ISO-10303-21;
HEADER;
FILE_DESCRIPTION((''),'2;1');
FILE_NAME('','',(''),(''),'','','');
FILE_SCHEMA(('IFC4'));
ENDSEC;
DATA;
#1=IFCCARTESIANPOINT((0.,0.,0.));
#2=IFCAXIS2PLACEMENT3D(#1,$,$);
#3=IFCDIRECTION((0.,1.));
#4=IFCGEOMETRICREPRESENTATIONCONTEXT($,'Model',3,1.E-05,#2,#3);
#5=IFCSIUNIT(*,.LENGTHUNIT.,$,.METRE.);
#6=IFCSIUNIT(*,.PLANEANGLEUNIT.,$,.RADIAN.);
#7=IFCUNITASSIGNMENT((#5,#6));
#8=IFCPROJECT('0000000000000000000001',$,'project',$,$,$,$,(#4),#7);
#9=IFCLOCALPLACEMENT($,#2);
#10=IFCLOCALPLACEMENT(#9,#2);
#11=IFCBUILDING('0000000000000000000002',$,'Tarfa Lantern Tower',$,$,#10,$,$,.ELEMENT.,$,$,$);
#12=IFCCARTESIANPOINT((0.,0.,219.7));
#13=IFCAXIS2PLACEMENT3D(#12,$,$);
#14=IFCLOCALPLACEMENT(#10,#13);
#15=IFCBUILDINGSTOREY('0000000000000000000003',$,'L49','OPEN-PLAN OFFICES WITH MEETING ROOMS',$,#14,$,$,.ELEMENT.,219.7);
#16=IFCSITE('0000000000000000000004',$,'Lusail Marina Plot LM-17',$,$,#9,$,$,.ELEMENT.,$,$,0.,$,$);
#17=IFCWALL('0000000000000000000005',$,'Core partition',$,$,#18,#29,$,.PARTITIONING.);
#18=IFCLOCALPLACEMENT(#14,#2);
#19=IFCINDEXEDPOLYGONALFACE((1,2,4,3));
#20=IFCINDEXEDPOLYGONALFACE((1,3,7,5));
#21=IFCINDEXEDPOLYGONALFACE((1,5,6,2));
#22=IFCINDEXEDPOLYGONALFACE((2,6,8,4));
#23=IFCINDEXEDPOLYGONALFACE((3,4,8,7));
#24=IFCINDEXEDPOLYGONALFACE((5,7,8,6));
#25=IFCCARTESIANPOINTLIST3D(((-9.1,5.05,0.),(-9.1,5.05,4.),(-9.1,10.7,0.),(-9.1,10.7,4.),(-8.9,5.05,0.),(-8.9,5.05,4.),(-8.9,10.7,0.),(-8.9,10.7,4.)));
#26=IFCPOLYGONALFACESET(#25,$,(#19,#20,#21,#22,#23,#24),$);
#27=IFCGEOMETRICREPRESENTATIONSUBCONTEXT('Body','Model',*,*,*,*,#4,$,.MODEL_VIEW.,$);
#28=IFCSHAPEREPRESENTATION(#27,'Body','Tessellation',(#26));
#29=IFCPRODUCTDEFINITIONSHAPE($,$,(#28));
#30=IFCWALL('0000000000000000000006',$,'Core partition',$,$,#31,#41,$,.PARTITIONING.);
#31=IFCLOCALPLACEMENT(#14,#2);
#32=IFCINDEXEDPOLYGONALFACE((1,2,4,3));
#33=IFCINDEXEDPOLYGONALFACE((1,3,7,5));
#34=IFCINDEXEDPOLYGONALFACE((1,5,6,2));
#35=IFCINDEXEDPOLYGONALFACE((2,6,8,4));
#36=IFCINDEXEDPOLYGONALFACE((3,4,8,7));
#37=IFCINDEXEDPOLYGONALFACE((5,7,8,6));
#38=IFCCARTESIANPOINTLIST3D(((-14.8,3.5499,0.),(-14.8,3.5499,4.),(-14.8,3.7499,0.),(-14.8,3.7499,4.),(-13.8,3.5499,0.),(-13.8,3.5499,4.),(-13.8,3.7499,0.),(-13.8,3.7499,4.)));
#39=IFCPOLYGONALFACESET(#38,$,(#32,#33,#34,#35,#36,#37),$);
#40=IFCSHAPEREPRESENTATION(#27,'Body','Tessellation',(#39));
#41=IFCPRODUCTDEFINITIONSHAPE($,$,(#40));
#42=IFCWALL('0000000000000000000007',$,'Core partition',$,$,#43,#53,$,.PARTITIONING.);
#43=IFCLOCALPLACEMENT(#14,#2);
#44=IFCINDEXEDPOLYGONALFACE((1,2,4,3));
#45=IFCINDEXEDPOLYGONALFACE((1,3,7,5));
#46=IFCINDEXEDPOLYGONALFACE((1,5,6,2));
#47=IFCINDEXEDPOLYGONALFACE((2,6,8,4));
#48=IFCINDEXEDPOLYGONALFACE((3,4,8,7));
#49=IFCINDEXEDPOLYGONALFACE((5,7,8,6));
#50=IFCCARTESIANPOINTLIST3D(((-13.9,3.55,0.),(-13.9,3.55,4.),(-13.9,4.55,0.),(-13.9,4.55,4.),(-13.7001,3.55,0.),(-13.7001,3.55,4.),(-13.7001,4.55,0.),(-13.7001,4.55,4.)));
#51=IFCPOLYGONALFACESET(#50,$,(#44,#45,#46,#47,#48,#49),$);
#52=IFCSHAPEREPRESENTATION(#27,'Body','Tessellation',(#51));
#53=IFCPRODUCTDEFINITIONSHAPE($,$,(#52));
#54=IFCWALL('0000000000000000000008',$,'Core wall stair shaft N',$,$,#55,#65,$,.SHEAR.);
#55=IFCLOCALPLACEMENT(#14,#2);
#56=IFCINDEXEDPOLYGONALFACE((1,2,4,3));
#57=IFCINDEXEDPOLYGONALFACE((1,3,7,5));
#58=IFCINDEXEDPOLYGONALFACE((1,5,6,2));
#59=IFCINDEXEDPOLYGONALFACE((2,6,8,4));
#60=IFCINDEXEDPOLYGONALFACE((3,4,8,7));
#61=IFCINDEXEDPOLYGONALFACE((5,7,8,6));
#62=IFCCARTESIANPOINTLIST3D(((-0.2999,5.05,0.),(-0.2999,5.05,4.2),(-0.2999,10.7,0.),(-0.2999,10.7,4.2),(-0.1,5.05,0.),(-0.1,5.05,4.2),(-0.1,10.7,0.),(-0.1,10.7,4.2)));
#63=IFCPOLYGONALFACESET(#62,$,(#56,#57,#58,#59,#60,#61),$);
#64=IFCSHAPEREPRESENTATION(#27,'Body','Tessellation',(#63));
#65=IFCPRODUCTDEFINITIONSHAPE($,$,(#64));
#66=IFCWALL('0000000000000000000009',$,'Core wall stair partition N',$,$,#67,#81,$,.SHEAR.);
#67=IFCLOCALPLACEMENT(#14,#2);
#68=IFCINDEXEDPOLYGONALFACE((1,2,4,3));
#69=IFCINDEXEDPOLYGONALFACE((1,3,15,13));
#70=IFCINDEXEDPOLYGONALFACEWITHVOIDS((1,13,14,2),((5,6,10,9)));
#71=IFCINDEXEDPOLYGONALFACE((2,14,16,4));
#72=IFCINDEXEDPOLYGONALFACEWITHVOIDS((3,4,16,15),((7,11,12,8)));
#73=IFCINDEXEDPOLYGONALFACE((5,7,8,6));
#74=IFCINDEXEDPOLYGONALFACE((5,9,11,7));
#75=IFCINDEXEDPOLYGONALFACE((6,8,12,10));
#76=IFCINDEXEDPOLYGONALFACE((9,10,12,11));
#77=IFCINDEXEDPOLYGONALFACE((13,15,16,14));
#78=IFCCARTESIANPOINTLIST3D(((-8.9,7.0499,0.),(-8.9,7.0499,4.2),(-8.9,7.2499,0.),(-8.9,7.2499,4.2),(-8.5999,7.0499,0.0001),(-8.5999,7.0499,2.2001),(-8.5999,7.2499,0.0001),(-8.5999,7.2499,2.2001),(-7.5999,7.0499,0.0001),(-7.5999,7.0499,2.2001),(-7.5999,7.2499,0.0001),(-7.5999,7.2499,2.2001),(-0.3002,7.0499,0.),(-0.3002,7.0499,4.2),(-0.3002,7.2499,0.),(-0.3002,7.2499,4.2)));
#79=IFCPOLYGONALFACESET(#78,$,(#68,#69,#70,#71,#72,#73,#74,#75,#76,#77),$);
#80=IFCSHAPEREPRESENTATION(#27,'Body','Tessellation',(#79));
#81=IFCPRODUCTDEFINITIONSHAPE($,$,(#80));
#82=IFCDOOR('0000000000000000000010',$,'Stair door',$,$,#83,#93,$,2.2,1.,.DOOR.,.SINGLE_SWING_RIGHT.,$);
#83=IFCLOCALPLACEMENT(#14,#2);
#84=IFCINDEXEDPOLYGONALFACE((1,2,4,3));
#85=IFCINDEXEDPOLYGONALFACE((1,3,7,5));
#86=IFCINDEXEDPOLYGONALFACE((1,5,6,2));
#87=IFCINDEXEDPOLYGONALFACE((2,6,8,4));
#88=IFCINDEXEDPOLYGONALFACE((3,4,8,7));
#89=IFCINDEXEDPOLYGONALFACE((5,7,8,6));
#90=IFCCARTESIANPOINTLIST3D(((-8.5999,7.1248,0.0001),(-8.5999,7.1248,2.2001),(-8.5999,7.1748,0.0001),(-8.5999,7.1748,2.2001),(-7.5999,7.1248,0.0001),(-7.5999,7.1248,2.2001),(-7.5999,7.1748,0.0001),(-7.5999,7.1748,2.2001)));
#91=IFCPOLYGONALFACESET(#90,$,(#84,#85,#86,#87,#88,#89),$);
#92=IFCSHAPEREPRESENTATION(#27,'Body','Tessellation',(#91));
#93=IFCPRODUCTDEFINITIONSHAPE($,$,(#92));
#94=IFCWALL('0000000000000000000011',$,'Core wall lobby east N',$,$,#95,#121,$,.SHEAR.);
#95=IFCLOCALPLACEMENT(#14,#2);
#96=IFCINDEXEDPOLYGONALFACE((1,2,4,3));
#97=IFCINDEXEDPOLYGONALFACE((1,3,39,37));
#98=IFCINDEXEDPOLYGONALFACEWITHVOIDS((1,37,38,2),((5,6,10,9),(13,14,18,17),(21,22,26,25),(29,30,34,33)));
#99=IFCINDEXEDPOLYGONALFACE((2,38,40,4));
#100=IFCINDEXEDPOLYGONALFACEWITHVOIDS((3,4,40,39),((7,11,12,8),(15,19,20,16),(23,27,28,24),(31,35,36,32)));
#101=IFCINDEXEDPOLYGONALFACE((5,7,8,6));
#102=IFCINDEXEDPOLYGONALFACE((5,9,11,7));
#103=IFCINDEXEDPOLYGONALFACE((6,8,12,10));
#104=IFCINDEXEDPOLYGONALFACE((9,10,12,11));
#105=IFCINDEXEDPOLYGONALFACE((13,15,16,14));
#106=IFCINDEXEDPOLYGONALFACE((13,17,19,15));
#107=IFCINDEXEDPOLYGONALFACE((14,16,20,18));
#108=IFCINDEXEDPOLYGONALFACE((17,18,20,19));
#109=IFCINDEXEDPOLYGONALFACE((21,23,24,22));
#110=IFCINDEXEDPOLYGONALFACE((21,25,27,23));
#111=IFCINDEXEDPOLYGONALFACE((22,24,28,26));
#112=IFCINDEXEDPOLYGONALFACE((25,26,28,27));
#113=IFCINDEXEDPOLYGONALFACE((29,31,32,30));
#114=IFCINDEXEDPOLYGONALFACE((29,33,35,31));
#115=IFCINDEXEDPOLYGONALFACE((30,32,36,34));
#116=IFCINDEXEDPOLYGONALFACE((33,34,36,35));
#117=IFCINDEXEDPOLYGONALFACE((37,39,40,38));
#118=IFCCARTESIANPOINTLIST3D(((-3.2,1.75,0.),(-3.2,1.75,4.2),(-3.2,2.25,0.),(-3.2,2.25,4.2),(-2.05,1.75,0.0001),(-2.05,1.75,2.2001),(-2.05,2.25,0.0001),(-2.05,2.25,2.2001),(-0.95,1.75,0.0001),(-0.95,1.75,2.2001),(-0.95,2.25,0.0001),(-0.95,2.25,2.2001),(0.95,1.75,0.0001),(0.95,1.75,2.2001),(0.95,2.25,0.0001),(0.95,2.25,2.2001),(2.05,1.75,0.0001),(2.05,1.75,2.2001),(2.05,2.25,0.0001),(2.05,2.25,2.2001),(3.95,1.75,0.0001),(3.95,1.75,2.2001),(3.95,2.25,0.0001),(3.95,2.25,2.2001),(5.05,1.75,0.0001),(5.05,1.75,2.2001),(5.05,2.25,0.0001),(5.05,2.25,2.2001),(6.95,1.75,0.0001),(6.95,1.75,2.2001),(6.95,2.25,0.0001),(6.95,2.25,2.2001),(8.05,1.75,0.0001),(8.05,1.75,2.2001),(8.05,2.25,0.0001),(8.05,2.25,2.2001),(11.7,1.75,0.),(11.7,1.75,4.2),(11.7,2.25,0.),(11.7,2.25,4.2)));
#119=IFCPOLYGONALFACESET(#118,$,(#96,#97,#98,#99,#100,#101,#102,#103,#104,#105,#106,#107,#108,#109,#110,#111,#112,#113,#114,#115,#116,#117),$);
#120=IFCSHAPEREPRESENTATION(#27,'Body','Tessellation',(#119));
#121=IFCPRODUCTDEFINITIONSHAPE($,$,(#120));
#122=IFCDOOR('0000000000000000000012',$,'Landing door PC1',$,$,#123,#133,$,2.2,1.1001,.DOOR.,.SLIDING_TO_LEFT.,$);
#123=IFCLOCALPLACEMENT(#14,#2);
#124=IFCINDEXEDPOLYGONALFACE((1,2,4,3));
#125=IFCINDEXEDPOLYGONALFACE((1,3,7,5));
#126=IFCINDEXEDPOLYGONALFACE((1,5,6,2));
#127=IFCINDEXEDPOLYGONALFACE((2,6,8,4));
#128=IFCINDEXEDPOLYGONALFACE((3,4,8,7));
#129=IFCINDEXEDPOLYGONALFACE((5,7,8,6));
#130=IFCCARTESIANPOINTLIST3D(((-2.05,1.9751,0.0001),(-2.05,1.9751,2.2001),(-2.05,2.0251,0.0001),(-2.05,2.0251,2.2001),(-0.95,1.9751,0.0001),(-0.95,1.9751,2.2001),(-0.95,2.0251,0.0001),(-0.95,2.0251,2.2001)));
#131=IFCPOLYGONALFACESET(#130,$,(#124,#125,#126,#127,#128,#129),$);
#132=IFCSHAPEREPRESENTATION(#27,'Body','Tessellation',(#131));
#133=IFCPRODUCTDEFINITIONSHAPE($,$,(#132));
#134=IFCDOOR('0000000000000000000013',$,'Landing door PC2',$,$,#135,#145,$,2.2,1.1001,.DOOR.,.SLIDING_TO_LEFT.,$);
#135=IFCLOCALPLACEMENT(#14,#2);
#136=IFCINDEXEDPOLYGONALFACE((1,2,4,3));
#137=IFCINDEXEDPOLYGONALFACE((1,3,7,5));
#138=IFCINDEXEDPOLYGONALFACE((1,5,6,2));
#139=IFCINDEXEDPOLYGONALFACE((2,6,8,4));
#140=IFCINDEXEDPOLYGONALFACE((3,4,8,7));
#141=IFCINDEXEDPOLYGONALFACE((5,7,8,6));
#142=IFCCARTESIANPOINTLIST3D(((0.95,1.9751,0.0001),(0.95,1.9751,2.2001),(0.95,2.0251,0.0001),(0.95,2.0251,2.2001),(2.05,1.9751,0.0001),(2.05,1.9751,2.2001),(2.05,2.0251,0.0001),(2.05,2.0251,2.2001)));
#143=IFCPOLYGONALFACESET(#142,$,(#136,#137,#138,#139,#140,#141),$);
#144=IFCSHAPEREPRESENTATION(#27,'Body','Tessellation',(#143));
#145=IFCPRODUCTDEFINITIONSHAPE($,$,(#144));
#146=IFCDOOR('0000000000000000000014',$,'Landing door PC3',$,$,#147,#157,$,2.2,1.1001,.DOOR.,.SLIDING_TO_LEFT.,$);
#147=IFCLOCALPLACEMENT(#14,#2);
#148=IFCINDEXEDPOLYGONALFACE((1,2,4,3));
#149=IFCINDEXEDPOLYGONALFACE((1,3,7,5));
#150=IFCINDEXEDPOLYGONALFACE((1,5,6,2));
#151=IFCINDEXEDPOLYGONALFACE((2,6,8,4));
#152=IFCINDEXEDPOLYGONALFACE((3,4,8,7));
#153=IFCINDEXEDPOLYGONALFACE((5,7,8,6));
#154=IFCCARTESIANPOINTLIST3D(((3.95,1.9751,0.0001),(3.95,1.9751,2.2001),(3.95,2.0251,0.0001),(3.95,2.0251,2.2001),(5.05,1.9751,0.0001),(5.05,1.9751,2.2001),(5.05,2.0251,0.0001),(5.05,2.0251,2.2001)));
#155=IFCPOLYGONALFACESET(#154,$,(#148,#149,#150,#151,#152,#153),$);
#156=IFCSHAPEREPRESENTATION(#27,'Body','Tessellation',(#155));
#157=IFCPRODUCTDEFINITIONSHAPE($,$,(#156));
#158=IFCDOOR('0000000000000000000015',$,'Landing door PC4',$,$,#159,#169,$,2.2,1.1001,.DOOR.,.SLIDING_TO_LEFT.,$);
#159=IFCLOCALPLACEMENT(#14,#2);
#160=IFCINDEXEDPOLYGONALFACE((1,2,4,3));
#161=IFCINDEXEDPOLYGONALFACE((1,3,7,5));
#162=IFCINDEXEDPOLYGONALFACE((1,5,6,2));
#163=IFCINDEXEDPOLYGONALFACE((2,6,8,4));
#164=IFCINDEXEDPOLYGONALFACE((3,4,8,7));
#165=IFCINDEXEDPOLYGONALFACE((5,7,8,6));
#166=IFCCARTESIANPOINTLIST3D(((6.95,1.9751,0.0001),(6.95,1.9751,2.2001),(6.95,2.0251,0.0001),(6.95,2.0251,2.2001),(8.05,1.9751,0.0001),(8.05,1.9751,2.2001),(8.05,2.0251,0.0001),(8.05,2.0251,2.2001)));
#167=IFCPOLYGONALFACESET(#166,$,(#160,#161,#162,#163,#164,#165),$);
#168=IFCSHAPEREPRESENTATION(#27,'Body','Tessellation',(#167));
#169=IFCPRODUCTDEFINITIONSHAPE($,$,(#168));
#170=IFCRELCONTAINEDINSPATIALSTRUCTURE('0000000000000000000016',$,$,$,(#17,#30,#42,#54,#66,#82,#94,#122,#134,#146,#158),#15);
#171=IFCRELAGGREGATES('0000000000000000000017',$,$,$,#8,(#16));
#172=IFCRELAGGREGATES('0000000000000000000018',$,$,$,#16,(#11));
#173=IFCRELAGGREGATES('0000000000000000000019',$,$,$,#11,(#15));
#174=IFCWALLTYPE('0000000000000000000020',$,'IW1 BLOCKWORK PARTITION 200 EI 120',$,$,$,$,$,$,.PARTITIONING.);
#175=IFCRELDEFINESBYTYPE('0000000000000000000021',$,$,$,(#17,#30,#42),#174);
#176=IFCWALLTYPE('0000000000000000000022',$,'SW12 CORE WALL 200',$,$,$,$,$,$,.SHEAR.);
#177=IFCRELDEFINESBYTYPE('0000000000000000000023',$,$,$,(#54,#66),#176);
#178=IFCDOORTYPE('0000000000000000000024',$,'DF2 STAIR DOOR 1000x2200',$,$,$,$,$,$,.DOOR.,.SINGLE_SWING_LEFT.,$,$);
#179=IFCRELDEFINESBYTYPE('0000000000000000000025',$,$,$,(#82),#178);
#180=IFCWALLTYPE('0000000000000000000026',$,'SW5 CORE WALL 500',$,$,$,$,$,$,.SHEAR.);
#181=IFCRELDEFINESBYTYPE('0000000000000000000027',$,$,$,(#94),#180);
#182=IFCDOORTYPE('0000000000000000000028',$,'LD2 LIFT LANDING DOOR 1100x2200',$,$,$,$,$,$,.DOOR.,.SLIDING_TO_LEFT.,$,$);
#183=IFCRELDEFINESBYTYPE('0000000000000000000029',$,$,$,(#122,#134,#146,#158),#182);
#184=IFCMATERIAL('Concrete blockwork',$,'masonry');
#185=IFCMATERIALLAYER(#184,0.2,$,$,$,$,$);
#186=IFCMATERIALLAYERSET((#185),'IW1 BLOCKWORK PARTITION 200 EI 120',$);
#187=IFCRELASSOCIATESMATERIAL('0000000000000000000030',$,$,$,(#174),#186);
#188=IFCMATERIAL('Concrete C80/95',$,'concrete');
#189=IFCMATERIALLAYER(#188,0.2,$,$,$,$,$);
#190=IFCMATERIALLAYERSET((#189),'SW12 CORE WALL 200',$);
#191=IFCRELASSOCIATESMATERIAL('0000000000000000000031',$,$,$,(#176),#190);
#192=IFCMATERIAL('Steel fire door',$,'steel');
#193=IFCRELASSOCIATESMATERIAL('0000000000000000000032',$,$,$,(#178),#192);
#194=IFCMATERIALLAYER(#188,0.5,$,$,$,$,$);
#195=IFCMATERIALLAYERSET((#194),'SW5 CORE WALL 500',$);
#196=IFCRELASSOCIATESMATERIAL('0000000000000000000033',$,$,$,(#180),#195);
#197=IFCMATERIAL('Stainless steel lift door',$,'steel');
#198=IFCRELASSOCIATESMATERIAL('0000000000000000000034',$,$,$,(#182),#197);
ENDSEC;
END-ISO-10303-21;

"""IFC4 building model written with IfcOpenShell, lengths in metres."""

from ifc_helpers import new_model, si_unit, direction, frame, frame_2d, origin, place, context, subcontext, project, spatial, rectangle, extrude, material, layer, layer_set, type_object, element, fill, save


model = new_model("IFC4")

# Units and contexts
model_context = context("Model", 3, precision=1e-05, world=origin(), true_north=direction((0.0, 1.0)))
body_context = subcontext(model_context, "Body", "Model", "MODEL_VIEW")
ifc_project = project(units=[si_unit("LENGTHUNIT", "METRE"), si_unit("PLANEANGLEUNIT", "RADIAN")], contexts=[model_context])

# Site, building, storey
site_placement = place(None, origin())
site = spatial("IfcSite", under=ifc_project, at=site_placement, Name="Lusail Marina Plot LM-17", CompositionType="ELEMENT", RefElevation=0.0)
building_placement = place(site_placement, origin())
building = spatial("IfcBuilding", under=site, at=building_placement, Name="Tarfa Lantern Tower", CompositionType="ELEMENT")
storey_placement = place(building_placement, frame((0.0, 0.0, 219.7)))
storey = spatial("IfcBuildingStorey", under=building, at=storey_placement, Name="L49", Description="OPEN-PLAN OFFICES WITH MEETING ROOMS", CompositionType="ELEMENT", Elevation=219.7)

# Walls
ifc_material_1 = material(Name="Concrete blockwork", Category="masonry")
ifc_layer_1 = layer(ifc_material_1, 0.2)
ifc_layer_set_1 = layer_set([ifc_layer_1], Name="IW1 BLOCKWORK PARTITION 200 EI 120")
wall_type_1 = type_object("IfcWallType", Name="IW1 BLOCKWORK PARTITION 200 EI 120", PredefinedType="PARTITIONING", material=ifc_layer_set_1)
wall_1_placement = place(storey_placement, frame((-9.0, 5.05, 0.0), z_axis=(0.0, 0.0, 1.0), x_axis=(0.0, 1.0, 0.0)))
element("IfcWall", 1, at=wall_1_placement, inside=storey, type_object=wall_type_1, Name="Core partition", PredefinedType="PARTITIONING", context=body_context, shape_type="SweptSolid", body=[
    extrude(rectangle(XDim=5.6499, YDim=0.2, at=frame_2d((2.825, 0.0))), origin(), (0.0, 0.0, 1.0), 4.0),
])
for number, where, z_axis, x_axis, name in (
    (2, (-14.8, 3.6499, 0.0), (0.0, 0.0, 1.0), (1.0, 0.0, 0.0), "Core partition"),
    (3, (-13.8, 3.55, 0.0), (0.0, 0.0, 1.0), (0.0, 1.0, 0.0), "Core partition"),
):
    element("IfcWall", number, at=place(storey_placement, frame(where, z_axis=z_axis, x_axis=x_axis)), inside=storey, type_object=wall_type_1, Name=name, PredefinedType="PARTITIONING", context=body_context, shape_type="SweptSolid", body=[
        extrude(rectangle(XDim=1.0, YDim=0.2, at=frame_2d((0.5, 0.0))), origin(), (0.0, 0.0, 1.0), 4.0),
    ])
ifc_material_2 = material(Name="Concrete C80/95", Category="concrete")
ifc_layer_2 = layer(ifc_material_2, 0.2)
ifc_layer_set_2 = layer_set([ifc_layer_2], Name="SW12 CORE WALL 200")
wall_type_2 = type_object("IfcWallType", Name="SW12 CORE WALL 200", PredefinedType="SHEAR", material=ifc_layer_set_2)
wall_2_placement = place(storey_placement, frame((-0.2, 5.05, 0.0), z_axis=(0.0, 0.0, 1.0), x_axis=(0.0, 1.0, 0.0)))
element("IfcWall", 4, at=wall_2_placement, inside=storey, type_object=wall_type_2, Name="Core wall stair shaft N", PredefinedType="SHEAR", context=body_context, shape_type="SweptSolid", body=[
    extrude(rectangle(XDim=5.6499, YDim=0.2, at=frame_2d((2.825, 0.0))), origin(), (0.0, 0.0, 1.0), 4.2),
])

# Wall, opening, door
wall_3_placement = place(storey_placement, frame((-8.8999, 7.1499, 0.0), z_axis=(0.0, 0.0, 1.0), x_axis=(1.0, 0.0, 0.0)))
wall_3 = element("IfcWall", 5, at=wall_3_placement, inside=storey, type_object=wall_type_2, Name="Core wall stair partition N", PredefinedType="SHEAR", context=body_context, shape_type="SweptSolid", body=[
    extrude(rectangle(XDim=8.5999, YDim=0.2, at=frame_2d((4.2998, 0.0))), origin(), (0.0, 0.0, 1.0), 4.2),
])
opening_1_placement = place(wall_3_placement, frame((0.3, 0.0, 0.0)))
opening_1 = element("IfcOpeningElement", 6, at=opening_1_placement, cuts=wall_3, PredefinedType="OPENING", context=body_context, shape_type="SweptSolid", body=[
    extrude(rectangle(XDim=1.0, YDim=2.2, at=frame_2d((0.5, 1.1001))), frame((0.0, 0.1099, 0.0), z_axis=(0.0, -1.0, 0.0), x_axis=(1.0, 0.0, 0.0)), (0.0, 0.0, 1.0), 0.22),
])
ifc_material_3 = material(Name="Steel fire door", Category="steel")
door_type_1 = type_object("IfcDoorType", Name="DF2 STAIR DOOR 1000x2200", OperationType="SINGLE_SWING_LEFT", PredefinedType="DOOR", material=ifc_material_3)
door_1_placement = place(opening_1_placement, origin())
door_1 = element("IfcDoor", 7, at=door_1_placement, inside=storey, type_object=door_type_1, Name="Stair door", OperationType="SINGLE_SWING_RIGHT", OverallHeight=2.2, OverallWidth=1.0, PredefinedType="DOOR", context=body_context, shape_type="SweptSolid", body=[
    extrude(rectangle(XDim=1.0, YDim=2.2, at=frame_2d((0.5, 1.1001))), frame((0.0, 0.0249, 0.0), z_axis=(0.0, -1.0, 0.0), x_axis=(1.0, 0.0, 0.0)), (0.0, 0.0, 1.0), 0.05),
])
fill(opening_1, door_1)

# Wall, openings, doors
ifc_layer_3 = layer(ifc_material_2, 0.5)
ifc_layer_set_3 = layer_set([ifc_layer_3], Name="SW5 CORE WALL 500")
wall_type_3 = type_object("IfcWallType", Name="SW5 CORE WALL 500", PredefinedType="SHEAR", material=ifc_layer_set_3)
wall_4_placement = place(storey_placement, frame((-3.2, 2.0, 0.0), z_axis=(0.0, 0.0, 1.0), x_axis=(1.0, 0.0, 0.0)))
wall_4 = element("IfcWall", 8, at=wall_4_placement, inside=storey, type_object=wall_type_3, Name="Core wall lobby east N", PredefinedType="SHEAR", context=body_context, shape_type="SweptSolid", body=[
    extrude(rectangle(XDim=14.8999, YDim=0.5, at=frame_2d((7.45, 0.0))), origin(), (0.0, 0.0, 1.0), 4.2),
])
opening_2_placement = place(wall_4_placement, frame((1.1499, 0.0, 0.0)))
opening_2 = element("IfcOpeningElement", 9, at=opening_2_placement, cuts=wall_4, PredefinedType="OPENING", context=body_context, shape_type="SweptSolid", body=[
    extrude(rectangle(XDim=1.1001, YDim=2.2, at=frame_2d((0.55, 1.1001))), frame((0.0, 0.26, 0.0), z_axis=(0.0, -1.0, 0.0), x_axis=(1.0, 0.0, 0.0)), (0.0, 0.0, 1.0), 0.52),
])
opening_3_placement = place(wall_4_placement, frame((4.1499, 0.0, 0.0)))
opening_3 = element("IfcOpeningElement", 10, at=opening_3_placement, cuts=wall_4, PredefinedType="OPENING", context=body_context, shape_type="SweptSolid", body=[
    extrude(rectangle(XDim=1.1001, YDim=2.2, at=frame_2d((0.55, 1.1001))), frame((0.0, 0.26, 0.0), z_axis=(0.0, -1.0, 0.0), x_axis=(1.0, 0.0, 0.0)), (0.0, 0.0, 1.0), 0.52),
])
opening_4_placement = place(wall_4_placement, frame((7.1499, 0.0, 0.0)))
opening_4 = element("IfcOpeningElement", 11, at=opening_4_placement, cuts=wall_4, PredefinedType="OPENING", context=body_context, shape_type="SweptSolid", body=[
    extrude(rectangle(XDim=1.1001, YDim=2.2, at=frame_2d((0.55, 1.1001))), frame((0.0, 0.26, 0.0), z_axis=(0.0, -1.0, 0.0), x_axis=(1.0, 0.0, 0.0)), (0.0, 0.0, 1.0), 0.52),
])
opening_5_placement = place(wall_4_placement, frame((10.1499, 0.0, 0.0)))
opening_5 = element("IfcOpeningElement", 12, at=opening_5_placement, cuts=wall_4, PredefinedType="OPENING", context=body_context, shape_type="SweptSolid", body=[
    extrude(rectangle(XDim=1.1001, YDim=2.2, at=frame_2d((0.55, 1.1001))), frame((0.0, 0.26, 0.0), z_axis=(0.0, -1.0, 0.0), x_axis=(1.0, 0.0, 0.0)), (0.0, 0.0, 1.0), 0.52),
])
ifc_material_4 = material(Name="Stainless steel lift door", Category="steel")
door_type_2 = type_object("IfcDoorType", Name="LD2 LIFT LANDING DOOR 1100x2200", OperationType="SLIDING_TO_LEFT", PredefinedType="DOOR", material=ifc_material_4)
door_2_placement = place(opening_2_placement, frame((1.1001, 0.0, 0.0), z_axis=(0.0, 0.0, 1.0), x_axis=(-1.0, 0.0, 0.0)))
door_2 = element("IfcDoor", 13, at=door_2_placement, inside=storey, type_object=door_type_2, Name="Landing door PC1", OperationType="SLIDING_TO_LEFT", OverallHeight=2.2, OverallWidth=1.1001, PredefinedType="DOOR", context=body_context, shape_type="SweptSolid", body=[
    extrude(rectangle(XDim=1.1001, YDim=2.2, at=frame_2d((0.55, 1.1001))), frame((0.0, 0.0249, 0.0), z_axis=(0.0, -1.0, 0.0), x_axis=(1.0, 0.0, 0.0)), (0.0, 0.0, 1.0), 0.05),
])
fill(opening_2, door_2)
door_3_placement = place(opening_3_placement, frame((1.1001, 0.0, 0.0), z_axis=(0.0, 0.0, 1.0), x_axis=(-1.0, 0.0, 0.0)))
door_3 = element("IfcDoor", 14, at=door_3_placement, inside=storey, type_object=door_type_2, Name="Landing door PC2", OperationType="SLIDING_TO_LEFT", OverallHeight=2.2, OverallWidth=1.1001, PredefinedType="DOOR", context=body_context, shape_type="SweptSolid", body=[
    extrude(rectangle(XDim=1.1001, YDim=2.2, at=frame_2d((0.55, 1.1001))), frame((0.0, 0.0249, 0.0), z_axis=(0.0, -1.0, 0.0), x_axis=(1.0, 0.0, 0.0)), (0.0, 0.0, 1.0), 0.05),
])
fill(opening_3, door_3)
door_4_placement = place(opening_4_placement, frame((1.1001, 0.0, 0.0), z_axis=(0.0, 0.0, 1.0), x_axis=(-1.0, 0.0, 0.0)))
door_4 = element("IfcDoor", 15, at=door_4_placement, inside=storey, type_object=door_type_2, Name="Landing door PC3", OperationType="SLIDING_TO_LEFT", OverallHeight=2.2, OverallWidth=1.1001, PredefinedType="DOOR", context=body_context, shape_type="SweptSolid", body=[
    extrude(rectangle(XDim=1.1001, YDim=2.2, at=frame_2d((0.55, 1.1001))), frame((0.0, 0.0249, 0.0), z_axis=(0.0, -1.0, 0.0), x_axis=(1.0, 0.0, 0.0)), (0.0, 0.0, 1.0), 0.05),
])
fill(opening_4, door_4)
door_5_placement = place(opening_5_placement, frame((1.1001, 0.0, 0.0), z_axis=(0.0, 0.0, 1.0), x_axis=(-1.0, 0.0, 0.0)))
door_5 = element("IfcDoor", 16, at=door_5_placement, inside=storey, type_object=door_type_2, Name="Landing door PC4", OperationType="SLIDING_TO_LEFT", OverallHeight=2.2, OverallWidth=1.1001, PredefinedType="DOOR", context=body_context, shape_type="SweptSolid", body=[
    extrude(rectangle(XDim=1.1001, YDim=2.2, at=frame_2d((0.55, 1.1001))), frame((0.0, 0.0249, 0.0), z_axis=(0.0, -1.0, 0.0), x_axis=(1.0, 0.0, 0.0)), (0.0, 0.0, 1.0), 0.05),
])
fill(opening_5, door_5)

save(model, "model.ifc")
